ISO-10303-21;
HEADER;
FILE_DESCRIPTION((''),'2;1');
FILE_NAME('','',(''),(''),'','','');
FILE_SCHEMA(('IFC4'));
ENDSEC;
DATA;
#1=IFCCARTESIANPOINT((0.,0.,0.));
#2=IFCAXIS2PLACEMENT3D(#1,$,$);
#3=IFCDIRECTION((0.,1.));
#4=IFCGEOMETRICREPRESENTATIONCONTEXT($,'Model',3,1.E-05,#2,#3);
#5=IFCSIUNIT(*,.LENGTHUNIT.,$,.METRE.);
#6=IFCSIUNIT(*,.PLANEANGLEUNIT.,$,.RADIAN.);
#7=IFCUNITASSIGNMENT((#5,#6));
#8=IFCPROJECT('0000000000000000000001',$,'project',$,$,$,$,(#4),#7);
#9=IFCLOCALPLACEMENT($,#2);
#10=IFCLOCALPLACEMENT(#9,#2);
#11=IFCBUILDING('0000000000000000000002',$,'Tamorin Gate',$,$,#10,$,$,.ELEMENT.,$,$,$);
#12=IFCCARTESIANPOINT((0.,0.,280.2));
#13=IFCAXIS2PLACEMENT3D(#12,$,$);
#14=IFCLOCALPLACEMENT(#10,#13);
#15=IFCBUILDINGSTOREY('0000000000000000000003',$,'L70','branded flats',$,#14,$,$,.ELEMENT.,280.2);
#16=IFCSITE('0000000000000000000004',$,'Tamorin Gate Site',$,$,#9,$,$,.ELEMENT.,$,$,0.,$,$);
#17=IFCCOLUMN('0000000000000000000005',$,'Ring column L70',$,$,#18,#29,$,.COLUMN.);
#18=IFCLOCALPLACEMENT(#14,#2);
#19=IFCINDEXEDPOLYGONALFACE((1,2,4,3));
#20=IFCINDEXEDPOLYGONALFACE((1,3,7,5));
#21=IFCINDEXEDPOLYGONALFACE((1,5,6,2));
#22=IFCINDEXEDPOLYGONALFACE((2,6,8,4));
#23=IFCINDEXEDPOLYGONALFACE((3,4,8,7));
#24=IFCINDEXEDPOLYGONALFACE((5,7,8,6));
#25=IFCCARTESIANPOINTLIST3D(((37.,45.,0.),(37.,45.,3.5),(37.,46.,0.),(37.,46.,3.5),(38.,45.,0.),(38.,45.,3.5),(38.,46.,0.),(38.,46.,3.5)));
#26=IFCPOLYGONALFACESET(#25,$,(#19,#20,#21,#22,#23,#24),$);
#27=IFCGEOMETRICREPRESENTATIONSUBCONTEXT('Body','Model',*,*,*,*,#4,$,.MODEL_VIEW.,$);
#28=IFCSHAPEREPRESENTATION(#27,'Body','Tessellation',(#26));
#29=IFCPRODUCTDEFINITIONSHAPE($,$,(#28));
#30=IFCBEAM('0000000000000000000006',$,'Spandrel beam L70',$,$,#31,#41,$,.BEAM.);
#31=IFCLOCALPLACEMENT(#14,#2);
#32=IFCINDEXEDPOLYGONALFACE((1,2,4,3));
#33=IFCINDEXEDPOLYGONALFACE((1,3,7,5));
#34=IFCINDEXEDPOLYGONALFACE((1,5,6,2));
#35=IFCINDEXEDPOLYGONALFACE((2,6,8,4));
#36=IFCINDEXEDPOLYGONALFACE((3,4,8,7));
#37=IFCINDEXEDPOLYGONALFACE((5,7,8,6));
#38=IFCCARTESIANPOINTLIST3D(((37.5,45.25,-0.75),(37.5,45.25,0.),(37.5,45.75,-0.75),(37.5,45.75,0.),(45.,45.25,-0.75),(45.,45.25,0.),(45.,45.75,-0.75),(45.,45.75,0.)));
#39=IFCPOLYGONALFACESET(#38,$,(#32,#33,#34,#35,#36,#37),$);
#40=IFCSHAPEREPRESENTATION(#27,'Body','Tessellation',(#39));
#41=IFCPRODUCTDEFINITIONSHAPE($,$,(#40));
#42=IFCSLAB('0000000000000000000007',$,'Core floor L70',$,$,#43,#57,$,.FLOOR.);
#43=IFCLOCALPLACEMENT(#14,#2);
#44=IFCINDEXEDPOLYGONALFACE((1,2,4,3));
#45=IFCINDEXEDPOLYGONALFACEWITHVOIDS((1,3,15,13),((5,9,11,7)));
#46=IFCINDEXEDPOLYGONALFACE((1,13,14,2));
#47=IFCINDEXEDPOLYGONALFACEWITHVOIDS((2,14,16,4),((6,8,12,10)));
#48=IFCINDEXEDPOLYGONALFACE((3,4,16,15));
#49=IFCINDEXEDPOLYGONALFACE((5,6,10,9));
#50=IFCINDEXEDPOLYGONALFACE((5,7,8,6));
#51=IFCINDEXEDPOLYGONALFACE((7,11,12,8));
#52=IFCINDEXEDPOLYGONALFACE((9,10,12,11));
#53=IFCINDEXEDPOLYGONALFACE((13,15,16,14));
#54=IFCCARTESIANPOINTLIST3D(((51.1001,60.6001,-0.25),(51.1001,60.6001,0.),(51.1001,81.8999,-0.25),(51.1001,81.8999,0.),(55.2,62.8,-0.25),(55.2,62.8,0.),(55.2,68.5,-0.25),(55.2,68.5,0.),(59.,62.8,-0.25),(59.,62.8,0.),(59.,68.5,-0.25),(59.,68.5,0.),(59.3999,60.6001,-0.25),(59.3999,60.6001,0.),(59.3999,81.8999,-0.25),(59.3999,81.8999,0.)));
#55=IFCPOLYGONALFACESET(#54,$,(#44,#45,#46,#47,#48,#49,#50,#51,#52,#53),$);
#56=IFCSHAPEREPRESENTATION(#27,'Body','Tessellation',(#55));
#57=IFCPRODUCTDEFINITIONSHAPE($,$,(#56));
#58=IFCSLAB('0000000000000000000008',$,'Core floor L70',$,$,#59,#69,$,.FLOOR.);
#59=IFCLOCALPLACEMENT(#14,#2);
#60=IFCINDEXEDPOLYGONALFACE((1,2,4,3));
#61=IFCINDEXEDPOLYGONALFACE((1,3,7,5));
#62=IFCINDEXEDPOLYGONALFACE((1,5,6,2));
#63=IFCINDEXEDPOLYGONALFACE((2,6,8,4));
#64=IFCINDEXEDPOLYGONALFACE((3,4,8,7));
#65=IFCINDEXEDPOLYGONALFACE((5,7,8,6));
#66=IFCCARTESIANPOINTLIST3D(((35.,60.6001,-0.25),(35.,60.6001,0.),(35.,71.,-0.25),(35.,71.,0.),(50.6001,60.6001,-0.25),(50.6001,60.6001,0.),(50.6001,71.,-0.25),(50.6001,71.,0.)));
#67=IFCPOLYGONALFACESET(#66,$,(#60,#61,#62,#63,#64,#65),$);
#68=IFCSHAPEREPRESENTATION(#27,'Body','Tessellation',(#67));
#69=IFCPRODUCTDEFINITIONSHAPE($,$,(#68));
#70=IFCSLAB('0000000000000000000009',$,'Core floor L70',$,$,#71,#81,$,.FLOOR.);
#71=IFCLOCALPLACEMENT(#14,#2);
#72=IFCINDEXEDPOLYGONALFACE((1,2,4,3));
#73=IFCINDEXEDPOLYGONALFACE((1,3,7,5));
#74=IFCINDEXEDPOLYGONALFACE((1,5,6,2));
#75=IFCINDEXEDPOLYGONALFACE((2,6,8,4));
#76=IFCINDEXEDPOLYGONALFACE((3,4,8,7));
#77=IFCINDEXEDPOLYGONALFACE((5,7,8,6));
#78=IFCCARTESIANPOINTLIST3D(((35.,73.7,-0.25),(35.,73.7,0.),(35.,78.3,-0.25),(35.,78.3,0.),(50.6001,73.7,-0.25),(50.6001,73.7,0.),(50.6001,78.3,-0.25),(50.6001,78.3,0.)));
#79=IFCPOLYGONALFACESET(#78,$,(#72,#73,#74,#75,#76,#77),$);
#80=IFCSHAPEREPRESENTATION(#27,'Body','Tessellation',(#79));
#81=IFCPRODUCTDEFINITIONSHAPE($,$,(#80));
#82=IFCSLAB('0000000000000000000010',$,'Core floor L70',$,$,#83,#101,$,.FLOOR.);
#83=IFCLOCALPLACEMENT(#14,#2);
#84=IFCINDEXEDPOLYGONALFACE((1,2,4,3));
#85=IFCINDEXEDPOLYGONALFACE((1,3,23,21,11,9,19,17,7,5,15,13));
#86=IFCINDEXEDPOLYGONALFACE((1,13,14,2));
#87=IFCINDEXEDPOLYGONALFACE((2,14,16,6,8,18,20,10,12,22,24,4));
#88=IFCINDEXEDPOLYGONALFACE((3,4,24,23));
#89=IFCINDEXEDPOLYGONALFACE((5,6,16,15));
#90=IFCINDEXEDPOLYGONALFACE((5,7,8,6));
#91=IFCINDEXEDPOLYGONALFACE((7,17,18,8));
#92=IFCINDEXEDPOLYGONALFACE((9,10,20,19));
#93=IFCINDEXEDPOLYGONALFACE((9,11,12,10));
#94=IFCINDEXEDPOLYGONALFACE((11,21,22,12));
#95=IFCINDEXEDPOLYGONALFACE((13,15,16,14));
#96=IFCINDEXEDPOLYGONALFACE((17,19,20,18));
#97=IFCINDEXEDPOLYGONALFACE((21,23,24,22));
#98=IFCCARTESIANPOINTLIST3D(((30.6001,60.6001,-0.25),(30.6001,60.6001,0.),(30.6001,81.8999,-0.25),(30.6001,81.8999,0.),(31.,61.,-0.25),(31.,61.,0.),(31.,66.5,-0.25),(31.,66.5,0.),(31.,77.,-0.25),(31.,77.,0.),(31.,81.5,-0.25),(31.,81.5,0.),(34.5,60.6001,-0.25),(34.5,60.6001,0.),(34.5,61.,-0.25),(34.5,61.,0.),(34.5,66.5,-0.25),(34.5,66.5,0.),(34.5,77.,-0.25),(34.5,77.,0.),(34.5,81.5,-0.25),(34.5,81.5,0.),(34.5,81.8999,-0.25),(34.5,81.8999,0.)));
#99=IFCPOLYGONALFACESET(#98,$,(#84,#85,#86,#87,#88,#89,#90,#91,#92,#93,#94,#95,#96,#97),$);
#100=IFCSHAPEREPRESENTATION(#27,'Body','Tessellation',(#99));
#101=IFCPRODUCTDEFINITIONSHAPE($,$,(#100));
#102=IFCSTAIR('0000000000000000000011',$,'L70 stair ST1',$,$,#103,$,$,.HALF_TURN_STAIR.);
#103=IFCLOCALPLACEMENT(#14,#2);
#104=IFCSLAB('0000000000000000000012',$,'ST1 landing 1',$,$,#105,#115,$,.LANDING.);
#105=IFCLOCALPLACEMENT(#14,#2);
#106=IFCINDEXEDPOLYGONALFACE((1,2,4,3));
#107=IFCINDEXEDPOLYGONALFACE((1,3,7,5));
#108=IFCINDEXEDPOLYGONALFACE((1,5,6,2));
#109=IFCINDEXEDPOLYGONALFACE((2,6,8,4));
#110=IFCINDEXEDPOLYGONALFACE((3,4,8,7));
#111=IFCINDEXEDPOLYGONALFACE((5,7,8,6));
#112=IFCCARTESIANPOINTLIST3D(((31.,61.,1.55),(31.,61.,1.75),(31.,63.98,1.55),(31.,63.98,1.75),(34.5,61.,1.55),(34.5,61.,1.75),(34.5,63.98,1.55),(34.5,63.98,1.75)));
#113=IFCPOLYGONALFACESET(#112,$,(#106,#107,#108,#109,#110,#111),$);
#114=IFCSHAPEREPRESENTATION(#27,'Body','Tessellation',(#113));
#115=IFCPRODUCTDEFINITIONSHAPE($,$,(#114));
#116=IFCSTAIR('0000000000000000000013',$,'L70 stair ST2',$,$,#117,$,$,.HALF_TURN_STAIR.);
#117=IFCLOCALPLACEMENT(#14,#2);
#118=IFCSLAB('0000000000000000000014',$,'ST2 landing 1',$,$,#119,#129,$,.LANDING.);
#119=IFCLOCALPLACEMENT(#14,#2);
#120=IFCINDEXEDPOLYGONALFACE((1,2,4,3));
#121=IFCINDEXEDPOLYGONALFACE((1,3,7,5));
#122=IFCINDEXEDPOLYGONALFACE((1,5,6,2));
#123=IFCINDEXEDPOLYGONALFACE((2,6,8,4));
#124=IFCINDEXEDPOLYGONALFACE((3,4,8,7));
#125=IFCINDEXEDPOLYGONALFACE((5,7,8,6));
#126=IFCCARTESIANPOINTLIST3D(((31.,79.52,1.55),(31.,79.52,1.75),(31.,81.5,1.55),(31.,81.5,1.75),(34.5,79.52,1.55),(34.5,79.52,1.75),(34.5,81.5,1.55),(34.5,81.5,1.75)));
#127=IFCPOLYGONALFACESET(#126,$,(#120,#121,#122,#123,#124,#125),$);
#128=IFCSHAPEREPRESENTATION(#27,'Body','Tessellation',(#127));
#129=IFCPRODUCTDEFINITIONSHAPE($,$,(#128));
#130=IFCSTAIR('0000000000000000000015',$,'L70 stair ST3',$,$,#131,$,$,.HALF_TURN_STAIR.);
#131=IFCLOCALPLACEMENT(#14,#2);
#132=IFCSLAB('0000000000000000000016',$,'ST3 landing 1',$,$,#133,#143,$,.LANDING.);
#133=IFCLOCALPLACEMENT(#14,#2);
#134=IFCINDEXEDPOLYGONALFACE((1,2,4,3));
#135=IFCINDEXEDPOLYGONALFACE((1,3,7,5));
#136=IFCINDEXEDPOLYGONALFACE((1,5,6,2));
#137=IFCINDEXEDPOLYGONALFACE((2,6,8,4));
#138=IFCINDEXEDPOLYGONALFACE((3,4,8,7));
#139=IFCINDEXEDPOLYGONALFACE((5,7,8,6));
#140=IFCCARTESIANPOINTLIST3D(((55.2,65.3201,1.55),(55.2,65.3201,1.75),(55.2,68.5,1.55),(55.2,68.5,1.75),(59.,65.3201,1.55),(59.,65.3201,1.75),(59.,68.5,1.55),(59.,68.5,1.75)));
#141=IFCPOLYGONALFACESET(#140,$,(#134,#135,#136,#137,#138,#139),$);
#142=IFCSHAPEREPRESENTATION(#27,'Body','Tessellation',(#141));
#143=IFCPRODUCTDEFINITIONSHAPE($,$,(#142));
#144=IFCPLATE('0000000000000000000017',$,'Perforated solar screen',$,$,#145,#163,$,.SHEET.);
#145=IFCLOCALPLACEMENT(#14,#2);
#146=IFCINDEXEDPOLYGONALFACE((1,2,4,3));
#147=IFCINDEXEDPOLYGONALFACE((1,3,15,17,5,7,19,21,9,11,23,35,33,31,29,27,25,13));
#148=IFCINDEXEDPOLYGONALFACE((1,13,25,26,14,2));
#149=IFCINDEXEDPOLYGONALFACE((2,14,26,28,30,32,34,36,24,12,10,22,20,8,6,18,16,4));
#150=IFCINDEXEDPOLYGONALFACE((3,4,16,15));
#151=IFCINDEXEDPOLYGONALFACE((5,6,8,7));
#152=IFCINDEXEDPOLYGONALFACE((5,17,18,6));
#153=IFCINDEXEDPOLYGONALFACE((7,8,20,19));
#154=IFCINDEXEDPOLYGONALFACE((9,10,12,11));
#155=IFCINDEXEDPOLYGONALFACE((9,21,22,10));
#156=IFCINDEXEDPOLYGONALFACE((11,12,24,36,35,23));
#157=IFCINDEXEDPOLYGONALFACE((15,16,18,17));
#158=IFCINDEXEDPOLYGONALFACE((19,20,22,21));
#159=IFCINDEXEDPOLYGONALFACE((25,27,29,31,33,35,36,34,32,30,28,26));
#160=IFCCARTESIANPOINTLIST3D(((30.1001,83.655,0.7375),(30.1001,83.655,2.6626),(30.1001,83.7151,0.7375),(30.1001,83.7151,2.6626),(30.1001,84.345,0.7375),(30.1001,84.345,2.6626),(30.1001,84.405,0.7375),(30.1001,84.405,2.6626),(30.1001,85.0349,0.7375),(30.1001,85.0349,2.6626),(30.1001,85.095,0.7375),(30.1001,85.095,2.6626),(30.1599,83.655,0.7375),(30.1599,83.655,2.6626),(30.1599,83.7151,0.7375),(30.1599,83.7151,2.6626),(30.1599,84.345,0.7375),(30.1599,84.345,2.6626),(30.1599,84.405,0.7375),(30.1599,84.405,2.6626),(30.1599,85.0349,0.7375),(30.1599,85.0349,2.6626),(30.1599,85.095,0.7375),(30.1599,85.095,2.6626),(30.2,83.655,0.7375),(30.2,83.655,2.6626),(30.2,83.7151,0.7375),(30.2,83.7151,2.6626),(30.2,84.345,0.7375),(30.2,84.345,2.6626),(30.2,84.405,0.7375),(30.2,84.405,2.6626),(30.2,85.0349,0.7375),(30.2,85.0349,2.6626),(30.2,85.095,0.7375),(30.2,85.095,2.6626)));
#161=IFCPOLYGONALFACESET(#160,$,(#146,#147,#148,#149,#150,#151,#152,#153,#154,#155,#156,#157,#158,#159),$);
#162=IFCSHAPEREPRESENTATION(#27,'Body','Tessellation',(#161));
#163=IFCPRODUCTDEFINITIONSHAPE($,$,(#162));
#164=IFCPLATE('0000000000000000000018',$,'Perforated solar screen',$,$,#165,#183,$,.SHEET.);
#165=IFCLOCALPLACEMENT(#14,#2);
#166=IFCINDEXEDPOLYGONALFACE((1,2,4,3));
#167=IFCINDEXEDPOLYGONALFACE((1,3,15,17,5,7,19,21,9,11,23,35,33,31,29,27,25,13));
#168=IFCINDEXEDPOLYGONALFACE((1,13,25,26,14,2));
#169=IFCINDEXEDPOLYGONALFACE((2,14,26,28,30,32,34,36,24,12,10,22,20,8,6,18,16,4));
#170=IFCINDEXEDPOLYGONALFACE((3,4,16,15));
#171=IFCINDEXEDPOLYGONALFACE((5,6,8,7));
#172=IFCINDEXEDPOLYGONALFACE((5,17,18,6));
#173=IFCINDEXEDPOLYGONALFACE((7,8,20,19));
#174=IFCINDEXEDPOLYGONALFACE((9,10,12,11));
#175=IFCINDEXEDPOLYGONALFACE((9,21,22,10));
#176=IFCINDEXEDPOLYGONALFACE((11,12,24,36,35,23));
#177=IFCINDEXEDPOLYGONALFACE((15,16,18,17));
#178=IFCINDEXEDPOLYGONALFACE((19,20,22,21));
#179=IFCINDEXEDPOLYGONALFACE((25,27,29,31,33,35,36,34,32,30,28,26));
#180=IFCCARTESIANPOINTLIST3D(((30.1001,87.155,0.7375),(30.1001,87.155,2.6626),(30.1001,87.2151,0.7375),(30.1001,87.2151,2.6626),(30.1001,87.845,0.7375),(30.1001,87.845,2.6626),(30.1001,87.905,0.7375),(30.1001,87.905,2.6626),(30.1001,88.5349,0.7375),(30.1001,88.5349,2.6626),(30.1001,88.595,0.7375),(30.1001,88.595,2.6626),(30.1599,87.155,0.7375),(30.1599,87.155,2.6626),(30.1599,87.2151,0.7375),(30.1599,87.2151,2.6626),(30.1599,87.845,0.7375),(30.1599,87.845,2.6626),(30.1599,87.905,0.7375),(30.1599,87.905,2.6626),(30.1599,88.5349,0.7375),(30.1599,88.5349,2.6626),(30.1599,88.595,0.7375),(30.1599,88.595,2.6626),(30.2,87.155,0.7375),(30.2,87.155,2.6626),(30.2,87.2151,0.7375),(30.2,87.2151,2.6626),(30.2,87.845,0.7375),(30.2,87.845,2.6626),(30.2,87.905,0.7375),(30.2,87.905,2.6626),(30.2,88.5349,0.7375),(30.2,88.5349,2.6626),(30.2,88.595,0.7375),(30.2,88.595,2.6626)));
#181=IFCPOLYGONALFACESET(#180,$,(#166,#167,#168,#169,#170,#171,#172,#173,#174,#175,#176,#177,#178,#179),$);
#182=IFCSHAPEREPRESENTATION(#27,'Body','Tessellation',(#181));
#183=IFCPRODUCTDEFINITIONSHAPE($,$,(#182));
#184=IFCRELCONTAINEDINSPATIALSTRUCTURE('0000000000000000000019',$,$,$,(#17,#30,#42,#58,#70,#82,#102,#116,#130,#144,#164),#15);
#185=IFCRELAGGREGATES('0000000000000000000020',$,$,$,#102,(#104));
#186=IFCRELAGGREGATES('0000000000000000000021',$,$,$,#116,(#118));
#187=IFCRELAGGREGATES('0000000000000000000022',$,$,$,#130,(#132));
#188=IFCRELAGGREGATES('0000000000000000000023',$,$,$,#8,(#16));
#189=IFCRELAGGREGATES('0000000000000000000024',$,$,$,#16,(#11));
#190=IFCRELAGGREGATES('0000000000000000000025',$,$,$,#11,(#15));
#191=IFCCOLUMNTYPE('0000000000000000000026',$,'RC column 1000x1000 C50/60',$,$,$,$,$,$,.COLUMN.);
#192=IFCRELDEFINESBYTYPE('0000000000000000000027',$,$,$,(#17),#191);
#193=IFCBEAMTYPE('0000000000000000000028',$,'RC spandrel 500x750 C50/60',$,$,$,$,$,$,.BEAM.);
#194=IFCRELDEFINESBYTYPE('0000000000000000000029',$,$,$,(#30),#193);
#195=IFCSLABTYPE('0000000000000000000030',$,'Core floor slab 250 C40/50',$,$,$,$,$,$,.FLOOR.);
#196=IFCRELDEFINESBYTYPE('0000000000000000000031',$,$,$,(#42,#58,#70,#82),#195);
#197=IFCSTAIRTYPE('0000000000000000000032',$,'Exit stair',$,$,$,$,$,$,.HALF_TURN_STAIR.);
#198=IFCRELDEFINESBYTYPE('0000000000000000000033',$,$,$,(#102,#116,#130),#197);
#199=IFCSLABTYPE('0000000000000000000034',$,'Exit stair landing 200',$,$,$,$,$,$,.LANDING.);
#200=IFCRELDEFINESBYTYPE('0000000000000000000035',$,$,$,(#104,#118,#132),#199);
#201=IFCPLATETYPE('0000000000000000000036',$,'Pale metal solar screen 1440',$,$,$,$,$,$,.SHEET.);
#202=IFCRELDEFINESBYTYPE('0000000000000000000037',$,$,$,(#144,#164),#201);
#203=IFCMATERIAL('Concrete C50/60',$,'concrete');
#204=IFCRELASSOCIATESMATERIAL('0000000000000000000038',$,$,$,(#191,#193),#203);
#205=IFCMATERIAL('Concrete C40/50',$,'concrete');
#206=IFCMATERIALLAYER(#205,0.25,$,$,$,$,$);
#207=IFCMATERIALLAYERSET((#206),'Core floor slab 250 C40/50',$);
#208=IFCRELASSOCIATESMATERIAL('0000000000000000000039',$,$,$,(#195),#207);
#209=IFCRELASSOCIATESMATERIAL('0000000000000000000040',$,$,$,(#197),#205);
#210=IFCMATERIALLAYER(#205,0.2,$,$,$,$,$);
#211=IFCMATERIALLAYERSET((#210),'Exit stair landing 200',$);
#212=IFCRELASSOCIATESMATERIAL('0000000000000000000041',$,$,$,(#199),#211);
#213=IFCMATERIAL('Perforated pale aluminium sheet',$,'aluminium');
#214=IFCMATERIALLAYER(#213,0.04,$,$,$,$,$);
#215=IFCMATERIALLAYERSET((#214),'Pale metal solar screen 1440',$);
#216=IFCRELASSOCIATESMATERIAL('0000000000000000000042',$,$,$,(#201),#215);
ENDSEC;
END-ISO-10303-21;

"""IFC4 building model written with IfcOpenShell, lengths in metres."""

from ifc_helpers import new_model, si_unit, direction, frame, origin, origin_2d, place, context, subcontext, project, spatial, polyline, rectangle, outline, extrude, material, layer, layer_set, material_profile, profile_set, type_object, element, aggregate, save


model = new_model("IFC4")

# Units and contexts
model_context = context("Model", 3, precision=1e-05, world=origin(), true_north=direction((0.0, 1.0)))
body_context = subcontext(model_context, "Body", "Model", "MODEL_VIEW")
ifc_project = project(units=[si_unit("LENGTHUNIT", "METRE"), si_unit("PLANEANGLEUNIT", "RADIAN")], contexts=[model_context])

# Site, building, storey
site_placement = place(None, origin())
site = spatial("IfcSite", under=ifc_project, at=site_placement, Name="Tamorin Gate Site", CompositionType="ELEMENT", RefElevation=0.0)
building_placement = place(site_placement, origin())
building = spatial("IfcBuilding", under=site, at=building_placement, Name="Tamorin Gate", CompositionType="ELEMENT")
storey_placement = place(building_placement, frame((0.0, 0.0, 280.2)))
storey = spatial("IfcBuildingStorey", under=building, at=storey_placement, Name="L70", Description="branded flats", CompositionType="ELEMENT", Elevation=280.2)

# Column
ifc_material_1 = material(Name="Concrete C50/60", Category="concrete")
ifc_material_profile_1 = material_profile(ifc_material_1, rectangle(XDim=1.0, YDim=1.0, at=origin_2d()), Name="RC 1000x1000")
ifc_profile_set_1 = profile_set([ifc_material_profile_1], Name="Concrete C50/60")
column_type = type_object("IfcColumnType", Name="RC column 1000x1000 C50/60", PredefinedType="COLUMN", material=ifc_profile_set_1)
column_placement = place(storey_placement, frame((37.5, 45.5, 0.0), z_axis=(0.0, 0.0, 1.0), x_axis=(1.0, 0.0, 0.0)))
element("IfcColumn", 1, at=column_placement, inside=storey, type_object=column_type, Name="Ring column L70", PredefinedType="COLUMN", context=body_context, shape_type="SweptSolid", body=[
    extrude(rectangle(XDim=1.0, YDim=1.0, at=origin_2d()), origin(), (0.0, 0.0, 1.0), 3.5),
])

# Beam
ifc_material_profile_2 = material_profile(ifc_material_1, rectangle(XDim=0.5, YDim=0.75, at=origin_2d()), Name="RC 500x750")
ifc_profile_set_2 = profile_set([ifc_material_profile_2], Name="Concrete C50/60")
beam_type = type_object("IfcBeamType", Name="RC spandrel 500x750 C50/60", PredefinedType="BEAM", material=ifc_profile_set_2)
beam_placement = place(storey_placement, frame((37.5, 45.5, -0.375), z_axis=(1.0, 0.0, 0.0), x_axis=(0.0, 1.0, 0.0)))
element("IfcBeam", 2, at=beam_placement, inside=storey, type_object=beam_type, Name="Spandrel beam L70", PredefinedType="BEAM", context=body_context, shape_type="SweptSolid", body=[
    extrude(rectangle(XDim=0.5, YDim=0.75, at=origin_2d()), origin(), (0.0, 0.0, 1.0), 7.5),
])

# Slabs
ifc_material_2 = material(Name="Concrete C40/50", Category="concrete")
ifc_layer_1 = layer(ifc_material_2, 0.25)
ifc_layer_set_1 = layer_set([ifc_layer_1], Name="Core floor slab 250 C40/50")
slab_type_1 = type_object("IfcSlabType", Name="Core floor slab 250 C40/50", PredefinedType="FLOOR", material=ifc_layer_set_1)
slab_1_placement = place(storey_placement, frame((0.0, 0.0, -0.25)))
element("IfcSlab", 3, at=slab_1_placement, inside=storey, type_object=slab_type_1, Name="Core floor L70", PredefinedType="FLOOR", context=body_context, shape_type="SweptSolid", body=[
    extrude(outline(polyline([(51.1001, 81.8999), (59.3999, 81.8999), (59.3999, 60.6001), (51.1001, 60.6001), (51.1001, 81.8999)]), holes=[polyline([(55.2, 62.8), (59.0, 62.8), (59.0, 68.5), (55.2, 68.5), (55.2, 62.8)])]), origin(), (0.0, 0.0, 1.0), 0.25),
])
slab_2_placement = place(storey_placement, frame((0.0, 0.0, -0.25)))
element("IfcSlab", 4, at=slab_2_placement, inside=storey, type_object=slab_type_1, Name="Core floor L70", PredefinedType="FLOOR", context=body_context, shape_type="SweptSolid", body=[
    extrude(outline(polyline([(50.6001, 71.0), (50.6001, 60.6001), (35.0, 60.6001), (35.0, 71.0), (50.6001, 71.0)])), origin(), (0.0, 0.0, 1.0), 0.25),
])
slab_3_placement = place(storey_placement, frame((0.0, 0.0, -0.25)))
element("IfcSlab", 5, at=slab_3_placement, inside=storey, type_object=slab_type_1, Name="Core floor L70", PredefinedType="FLOOR", context=body_context, shape_type="SweptSolid", body=[
    extrude(outline(polyline([(50.6001, 73.7), (35.0, 73.7), (35.0, 78.3), (50.6001, 78.3), (50.6001, 73.7)])), origin(), (0.0, 0.0, 1.0), 0.25),
])
slab_4_placement = place(storey_placement, frame((0.0, 0.0, -0.25)))
element("IfcSlab", 6, at=slab_4_placement, inside=storey, type_object=slab_type_1, Name="Core floor L70", PredefinedType="FLOOR", context=body_context, shape_type="SweptSolid", body=[
    extrude(outline(polyline([(34.5, 60.6001), (30.6001, 60.6001), (30.6001, 81.8999), (34.5, 81.8999), (34.5, 81.5), (31.0, 81.5), (31.0, 77.0), (34.5, 77.0), (34.5, 66.5), (31.0, 66.5), (31.0, 61.0), (34.5, 61.0), (34.5, 60.6001)])), origin(), (0.0, 0.0, 1.0), 0.25),
])

# Stairs, slabs
stair_type = type_object("IfcStairType", Name="Exit stair", PredefinedType="HALF_TURN_STAIR", material=ifc_material_2)
stair_1_placement = place(storey_placement, origin())
stair_1 = element("IfcStair", 7, at=stair_1_placement, inside=storey, type_object=stair_type, Name="L70 stair ST1", PredefinedType="HALF_TURN_STAIR")
ifc_layer_2 = layer(ifc_material_2, 0.2)
ifc_layer_set_2 = layer_set([ifc_layer_2], Name="Exit stair landing 200")
slab_type_2 = type_object("IfcSlabType", Name="Exit stair landing 200", PredefinedType="LANDING", material=ifc_layer_set_2)
slab_5_placement = place(storey_placement, frame((0.0, 0.0, 1.55)))
slab_5 = element("IfcSlab", 8, at=slab_5_placement, type_object=slab_type_2, Name="ST1 landing 1", PredefinedType="LANDING", context=body_context, shape_type="SweptSolid", body=[
    extrude(outline(polyline([(31.0, 63.98), (31.0, 61.0), (34.5, 61.0), (34.5, 63.98), (31.0, 63.98)])), origin(), (0.0, 0.0, 1.0), 0.2),
])
aggregate(stair_1, [slab_5])
stair_2_placement = place(storey_placement, origin())
stair_2 = element("IfcStair", 9, at=stair_2_placement, inside=storey, type_object=stair_type, Name="L70 stair ST2", PredefinedType="HALF_TURN_STAIR")
slab_6_placement = place(storey_placement, frame((0.0, 0.0, 1.55)))
slab_6 = element("IfcSlab", 10, at=slab_6_placement, type_object=slab_type_2, Name="ST2 landing 1", PredefinedType="LANDING", context=body_context, shape_type="SweptSolid", body=[
    extrude(outline(polyline([(34.5, 79.52), (34.5, 81.5), (31.0, 81.5), (31.0, 79.52), (34.5, 79.52)])), origin(), (0.0, 0.0, 1.0), 0.2),
])
aggregate(stair_2, [slab_6])
stair_3_placement = place(storey_placement, origin())
stair_3 = element("IfcStair", 11, at=stair_3_placement, inside=storey, type_object=stair_type, Name="L70 stair ST3", PredefinedType="HALF_TURN_STAIR")
slab_7_placement = place(storey_placement, frame((0.0, 0.0, 1.55)))
slab_7 = element("IfcSlab", 12, at=slab_7_placement, type_object=slab_type_2, Name="ST3 landing 1", PredefinedType="LANDING", context=body_context, shape_type="SweptSolid", body=[
    extrude(outline(polyline([(59.0, 65.3201), (59.0, 68.5), (55.2, 68.5), (55.2, 65.3201), (59.0, 65.3201)])), origin(), (0.0, 0.0, 1.0), 0.2),
])
aggregate(stair_3, [slab_7])

# Plates
ifc_material_3 = material(Name="Perforated pale aluminium sheet", Category="aluminium")
ifc_layer_3 = layer(ifc_material_3, 0.04)
ifc_layer_set_3 = layer_set([ifc_layer_3], Name="Pale metal solar screen 1440")
plate_type = type_object("IfcPlateType", Name="Pale metal solar screen 1440", PredefinedType="SHEET", material=ifc_layer_set_3)
plate_1_placement = place(storey_placement, frame((0.0, 0.0, 0.7375)))
element("IfcPlate", 13, at=plate_1_placement, inside=storey, type_object=plate_type, Name="Perforated solar screen", PredefinedType="SHEET", context=body_context, shape_type="SweptSolid", body=[
    extrude(outline(polyline([(30.1599, 85.095), (30.2, 85.095), (30.2, 85.0349), (30.2, 84.405), (30.2, 84.345), (30.2, 83.7151), (30.2, 83.655), (30.2, 83.655), (30.1599, 83.655), (30.1599, 83.655), (30.1001, 83.655), (30.1001, 83.7151), (30.1599, 83.7151), (30.1599, 84.345), (30.1001, 84.345), (30.1001, 84.405), (30.1599, 84.405), (30.1599, 85.0349), (30.1001, 85.0349), (30.1001, 85.095), (30.1599, 85.095)])), origin(), (0.0, 0.0, 1.0), 1.925),
])
plate_2_placement = place(storey_placement, frame((0.0, 0.0, 0.7375)))
element("IfcPlate", 14, at=plate_2_placement, inside=storey, type_object=plate_type, Name="Perforated solar screen", PredefinedType="SHEET", context=body_context, shape_type="SweptSolid", body=[
    extrude(outline(polyline([(30.1599, 88.595), (30.2, 88.595), (30.2, 88.5349), (30.2, 87.905), (30.2, 87.845), (30.2, 87.2151), (30.2, 87.155), (30.2, 87.155), (30.1599, 87.155), (30.1599, 87.155), (30.1001, 87.155), (30.1001, 87.2151), (30.1599, 87.2151), (30.1599, 87.845), (30.1001, 87.845), (30.1001, 87.905), (30.1599, 87.905), (30.1599, 88.5349), (30.1001, 88.5349), (30.1001, 88.595), (30.1599, 88.595)])), origin(), (0.0, 0.0, 1.0), 1.925),
])

save(model, "model.ifc")
